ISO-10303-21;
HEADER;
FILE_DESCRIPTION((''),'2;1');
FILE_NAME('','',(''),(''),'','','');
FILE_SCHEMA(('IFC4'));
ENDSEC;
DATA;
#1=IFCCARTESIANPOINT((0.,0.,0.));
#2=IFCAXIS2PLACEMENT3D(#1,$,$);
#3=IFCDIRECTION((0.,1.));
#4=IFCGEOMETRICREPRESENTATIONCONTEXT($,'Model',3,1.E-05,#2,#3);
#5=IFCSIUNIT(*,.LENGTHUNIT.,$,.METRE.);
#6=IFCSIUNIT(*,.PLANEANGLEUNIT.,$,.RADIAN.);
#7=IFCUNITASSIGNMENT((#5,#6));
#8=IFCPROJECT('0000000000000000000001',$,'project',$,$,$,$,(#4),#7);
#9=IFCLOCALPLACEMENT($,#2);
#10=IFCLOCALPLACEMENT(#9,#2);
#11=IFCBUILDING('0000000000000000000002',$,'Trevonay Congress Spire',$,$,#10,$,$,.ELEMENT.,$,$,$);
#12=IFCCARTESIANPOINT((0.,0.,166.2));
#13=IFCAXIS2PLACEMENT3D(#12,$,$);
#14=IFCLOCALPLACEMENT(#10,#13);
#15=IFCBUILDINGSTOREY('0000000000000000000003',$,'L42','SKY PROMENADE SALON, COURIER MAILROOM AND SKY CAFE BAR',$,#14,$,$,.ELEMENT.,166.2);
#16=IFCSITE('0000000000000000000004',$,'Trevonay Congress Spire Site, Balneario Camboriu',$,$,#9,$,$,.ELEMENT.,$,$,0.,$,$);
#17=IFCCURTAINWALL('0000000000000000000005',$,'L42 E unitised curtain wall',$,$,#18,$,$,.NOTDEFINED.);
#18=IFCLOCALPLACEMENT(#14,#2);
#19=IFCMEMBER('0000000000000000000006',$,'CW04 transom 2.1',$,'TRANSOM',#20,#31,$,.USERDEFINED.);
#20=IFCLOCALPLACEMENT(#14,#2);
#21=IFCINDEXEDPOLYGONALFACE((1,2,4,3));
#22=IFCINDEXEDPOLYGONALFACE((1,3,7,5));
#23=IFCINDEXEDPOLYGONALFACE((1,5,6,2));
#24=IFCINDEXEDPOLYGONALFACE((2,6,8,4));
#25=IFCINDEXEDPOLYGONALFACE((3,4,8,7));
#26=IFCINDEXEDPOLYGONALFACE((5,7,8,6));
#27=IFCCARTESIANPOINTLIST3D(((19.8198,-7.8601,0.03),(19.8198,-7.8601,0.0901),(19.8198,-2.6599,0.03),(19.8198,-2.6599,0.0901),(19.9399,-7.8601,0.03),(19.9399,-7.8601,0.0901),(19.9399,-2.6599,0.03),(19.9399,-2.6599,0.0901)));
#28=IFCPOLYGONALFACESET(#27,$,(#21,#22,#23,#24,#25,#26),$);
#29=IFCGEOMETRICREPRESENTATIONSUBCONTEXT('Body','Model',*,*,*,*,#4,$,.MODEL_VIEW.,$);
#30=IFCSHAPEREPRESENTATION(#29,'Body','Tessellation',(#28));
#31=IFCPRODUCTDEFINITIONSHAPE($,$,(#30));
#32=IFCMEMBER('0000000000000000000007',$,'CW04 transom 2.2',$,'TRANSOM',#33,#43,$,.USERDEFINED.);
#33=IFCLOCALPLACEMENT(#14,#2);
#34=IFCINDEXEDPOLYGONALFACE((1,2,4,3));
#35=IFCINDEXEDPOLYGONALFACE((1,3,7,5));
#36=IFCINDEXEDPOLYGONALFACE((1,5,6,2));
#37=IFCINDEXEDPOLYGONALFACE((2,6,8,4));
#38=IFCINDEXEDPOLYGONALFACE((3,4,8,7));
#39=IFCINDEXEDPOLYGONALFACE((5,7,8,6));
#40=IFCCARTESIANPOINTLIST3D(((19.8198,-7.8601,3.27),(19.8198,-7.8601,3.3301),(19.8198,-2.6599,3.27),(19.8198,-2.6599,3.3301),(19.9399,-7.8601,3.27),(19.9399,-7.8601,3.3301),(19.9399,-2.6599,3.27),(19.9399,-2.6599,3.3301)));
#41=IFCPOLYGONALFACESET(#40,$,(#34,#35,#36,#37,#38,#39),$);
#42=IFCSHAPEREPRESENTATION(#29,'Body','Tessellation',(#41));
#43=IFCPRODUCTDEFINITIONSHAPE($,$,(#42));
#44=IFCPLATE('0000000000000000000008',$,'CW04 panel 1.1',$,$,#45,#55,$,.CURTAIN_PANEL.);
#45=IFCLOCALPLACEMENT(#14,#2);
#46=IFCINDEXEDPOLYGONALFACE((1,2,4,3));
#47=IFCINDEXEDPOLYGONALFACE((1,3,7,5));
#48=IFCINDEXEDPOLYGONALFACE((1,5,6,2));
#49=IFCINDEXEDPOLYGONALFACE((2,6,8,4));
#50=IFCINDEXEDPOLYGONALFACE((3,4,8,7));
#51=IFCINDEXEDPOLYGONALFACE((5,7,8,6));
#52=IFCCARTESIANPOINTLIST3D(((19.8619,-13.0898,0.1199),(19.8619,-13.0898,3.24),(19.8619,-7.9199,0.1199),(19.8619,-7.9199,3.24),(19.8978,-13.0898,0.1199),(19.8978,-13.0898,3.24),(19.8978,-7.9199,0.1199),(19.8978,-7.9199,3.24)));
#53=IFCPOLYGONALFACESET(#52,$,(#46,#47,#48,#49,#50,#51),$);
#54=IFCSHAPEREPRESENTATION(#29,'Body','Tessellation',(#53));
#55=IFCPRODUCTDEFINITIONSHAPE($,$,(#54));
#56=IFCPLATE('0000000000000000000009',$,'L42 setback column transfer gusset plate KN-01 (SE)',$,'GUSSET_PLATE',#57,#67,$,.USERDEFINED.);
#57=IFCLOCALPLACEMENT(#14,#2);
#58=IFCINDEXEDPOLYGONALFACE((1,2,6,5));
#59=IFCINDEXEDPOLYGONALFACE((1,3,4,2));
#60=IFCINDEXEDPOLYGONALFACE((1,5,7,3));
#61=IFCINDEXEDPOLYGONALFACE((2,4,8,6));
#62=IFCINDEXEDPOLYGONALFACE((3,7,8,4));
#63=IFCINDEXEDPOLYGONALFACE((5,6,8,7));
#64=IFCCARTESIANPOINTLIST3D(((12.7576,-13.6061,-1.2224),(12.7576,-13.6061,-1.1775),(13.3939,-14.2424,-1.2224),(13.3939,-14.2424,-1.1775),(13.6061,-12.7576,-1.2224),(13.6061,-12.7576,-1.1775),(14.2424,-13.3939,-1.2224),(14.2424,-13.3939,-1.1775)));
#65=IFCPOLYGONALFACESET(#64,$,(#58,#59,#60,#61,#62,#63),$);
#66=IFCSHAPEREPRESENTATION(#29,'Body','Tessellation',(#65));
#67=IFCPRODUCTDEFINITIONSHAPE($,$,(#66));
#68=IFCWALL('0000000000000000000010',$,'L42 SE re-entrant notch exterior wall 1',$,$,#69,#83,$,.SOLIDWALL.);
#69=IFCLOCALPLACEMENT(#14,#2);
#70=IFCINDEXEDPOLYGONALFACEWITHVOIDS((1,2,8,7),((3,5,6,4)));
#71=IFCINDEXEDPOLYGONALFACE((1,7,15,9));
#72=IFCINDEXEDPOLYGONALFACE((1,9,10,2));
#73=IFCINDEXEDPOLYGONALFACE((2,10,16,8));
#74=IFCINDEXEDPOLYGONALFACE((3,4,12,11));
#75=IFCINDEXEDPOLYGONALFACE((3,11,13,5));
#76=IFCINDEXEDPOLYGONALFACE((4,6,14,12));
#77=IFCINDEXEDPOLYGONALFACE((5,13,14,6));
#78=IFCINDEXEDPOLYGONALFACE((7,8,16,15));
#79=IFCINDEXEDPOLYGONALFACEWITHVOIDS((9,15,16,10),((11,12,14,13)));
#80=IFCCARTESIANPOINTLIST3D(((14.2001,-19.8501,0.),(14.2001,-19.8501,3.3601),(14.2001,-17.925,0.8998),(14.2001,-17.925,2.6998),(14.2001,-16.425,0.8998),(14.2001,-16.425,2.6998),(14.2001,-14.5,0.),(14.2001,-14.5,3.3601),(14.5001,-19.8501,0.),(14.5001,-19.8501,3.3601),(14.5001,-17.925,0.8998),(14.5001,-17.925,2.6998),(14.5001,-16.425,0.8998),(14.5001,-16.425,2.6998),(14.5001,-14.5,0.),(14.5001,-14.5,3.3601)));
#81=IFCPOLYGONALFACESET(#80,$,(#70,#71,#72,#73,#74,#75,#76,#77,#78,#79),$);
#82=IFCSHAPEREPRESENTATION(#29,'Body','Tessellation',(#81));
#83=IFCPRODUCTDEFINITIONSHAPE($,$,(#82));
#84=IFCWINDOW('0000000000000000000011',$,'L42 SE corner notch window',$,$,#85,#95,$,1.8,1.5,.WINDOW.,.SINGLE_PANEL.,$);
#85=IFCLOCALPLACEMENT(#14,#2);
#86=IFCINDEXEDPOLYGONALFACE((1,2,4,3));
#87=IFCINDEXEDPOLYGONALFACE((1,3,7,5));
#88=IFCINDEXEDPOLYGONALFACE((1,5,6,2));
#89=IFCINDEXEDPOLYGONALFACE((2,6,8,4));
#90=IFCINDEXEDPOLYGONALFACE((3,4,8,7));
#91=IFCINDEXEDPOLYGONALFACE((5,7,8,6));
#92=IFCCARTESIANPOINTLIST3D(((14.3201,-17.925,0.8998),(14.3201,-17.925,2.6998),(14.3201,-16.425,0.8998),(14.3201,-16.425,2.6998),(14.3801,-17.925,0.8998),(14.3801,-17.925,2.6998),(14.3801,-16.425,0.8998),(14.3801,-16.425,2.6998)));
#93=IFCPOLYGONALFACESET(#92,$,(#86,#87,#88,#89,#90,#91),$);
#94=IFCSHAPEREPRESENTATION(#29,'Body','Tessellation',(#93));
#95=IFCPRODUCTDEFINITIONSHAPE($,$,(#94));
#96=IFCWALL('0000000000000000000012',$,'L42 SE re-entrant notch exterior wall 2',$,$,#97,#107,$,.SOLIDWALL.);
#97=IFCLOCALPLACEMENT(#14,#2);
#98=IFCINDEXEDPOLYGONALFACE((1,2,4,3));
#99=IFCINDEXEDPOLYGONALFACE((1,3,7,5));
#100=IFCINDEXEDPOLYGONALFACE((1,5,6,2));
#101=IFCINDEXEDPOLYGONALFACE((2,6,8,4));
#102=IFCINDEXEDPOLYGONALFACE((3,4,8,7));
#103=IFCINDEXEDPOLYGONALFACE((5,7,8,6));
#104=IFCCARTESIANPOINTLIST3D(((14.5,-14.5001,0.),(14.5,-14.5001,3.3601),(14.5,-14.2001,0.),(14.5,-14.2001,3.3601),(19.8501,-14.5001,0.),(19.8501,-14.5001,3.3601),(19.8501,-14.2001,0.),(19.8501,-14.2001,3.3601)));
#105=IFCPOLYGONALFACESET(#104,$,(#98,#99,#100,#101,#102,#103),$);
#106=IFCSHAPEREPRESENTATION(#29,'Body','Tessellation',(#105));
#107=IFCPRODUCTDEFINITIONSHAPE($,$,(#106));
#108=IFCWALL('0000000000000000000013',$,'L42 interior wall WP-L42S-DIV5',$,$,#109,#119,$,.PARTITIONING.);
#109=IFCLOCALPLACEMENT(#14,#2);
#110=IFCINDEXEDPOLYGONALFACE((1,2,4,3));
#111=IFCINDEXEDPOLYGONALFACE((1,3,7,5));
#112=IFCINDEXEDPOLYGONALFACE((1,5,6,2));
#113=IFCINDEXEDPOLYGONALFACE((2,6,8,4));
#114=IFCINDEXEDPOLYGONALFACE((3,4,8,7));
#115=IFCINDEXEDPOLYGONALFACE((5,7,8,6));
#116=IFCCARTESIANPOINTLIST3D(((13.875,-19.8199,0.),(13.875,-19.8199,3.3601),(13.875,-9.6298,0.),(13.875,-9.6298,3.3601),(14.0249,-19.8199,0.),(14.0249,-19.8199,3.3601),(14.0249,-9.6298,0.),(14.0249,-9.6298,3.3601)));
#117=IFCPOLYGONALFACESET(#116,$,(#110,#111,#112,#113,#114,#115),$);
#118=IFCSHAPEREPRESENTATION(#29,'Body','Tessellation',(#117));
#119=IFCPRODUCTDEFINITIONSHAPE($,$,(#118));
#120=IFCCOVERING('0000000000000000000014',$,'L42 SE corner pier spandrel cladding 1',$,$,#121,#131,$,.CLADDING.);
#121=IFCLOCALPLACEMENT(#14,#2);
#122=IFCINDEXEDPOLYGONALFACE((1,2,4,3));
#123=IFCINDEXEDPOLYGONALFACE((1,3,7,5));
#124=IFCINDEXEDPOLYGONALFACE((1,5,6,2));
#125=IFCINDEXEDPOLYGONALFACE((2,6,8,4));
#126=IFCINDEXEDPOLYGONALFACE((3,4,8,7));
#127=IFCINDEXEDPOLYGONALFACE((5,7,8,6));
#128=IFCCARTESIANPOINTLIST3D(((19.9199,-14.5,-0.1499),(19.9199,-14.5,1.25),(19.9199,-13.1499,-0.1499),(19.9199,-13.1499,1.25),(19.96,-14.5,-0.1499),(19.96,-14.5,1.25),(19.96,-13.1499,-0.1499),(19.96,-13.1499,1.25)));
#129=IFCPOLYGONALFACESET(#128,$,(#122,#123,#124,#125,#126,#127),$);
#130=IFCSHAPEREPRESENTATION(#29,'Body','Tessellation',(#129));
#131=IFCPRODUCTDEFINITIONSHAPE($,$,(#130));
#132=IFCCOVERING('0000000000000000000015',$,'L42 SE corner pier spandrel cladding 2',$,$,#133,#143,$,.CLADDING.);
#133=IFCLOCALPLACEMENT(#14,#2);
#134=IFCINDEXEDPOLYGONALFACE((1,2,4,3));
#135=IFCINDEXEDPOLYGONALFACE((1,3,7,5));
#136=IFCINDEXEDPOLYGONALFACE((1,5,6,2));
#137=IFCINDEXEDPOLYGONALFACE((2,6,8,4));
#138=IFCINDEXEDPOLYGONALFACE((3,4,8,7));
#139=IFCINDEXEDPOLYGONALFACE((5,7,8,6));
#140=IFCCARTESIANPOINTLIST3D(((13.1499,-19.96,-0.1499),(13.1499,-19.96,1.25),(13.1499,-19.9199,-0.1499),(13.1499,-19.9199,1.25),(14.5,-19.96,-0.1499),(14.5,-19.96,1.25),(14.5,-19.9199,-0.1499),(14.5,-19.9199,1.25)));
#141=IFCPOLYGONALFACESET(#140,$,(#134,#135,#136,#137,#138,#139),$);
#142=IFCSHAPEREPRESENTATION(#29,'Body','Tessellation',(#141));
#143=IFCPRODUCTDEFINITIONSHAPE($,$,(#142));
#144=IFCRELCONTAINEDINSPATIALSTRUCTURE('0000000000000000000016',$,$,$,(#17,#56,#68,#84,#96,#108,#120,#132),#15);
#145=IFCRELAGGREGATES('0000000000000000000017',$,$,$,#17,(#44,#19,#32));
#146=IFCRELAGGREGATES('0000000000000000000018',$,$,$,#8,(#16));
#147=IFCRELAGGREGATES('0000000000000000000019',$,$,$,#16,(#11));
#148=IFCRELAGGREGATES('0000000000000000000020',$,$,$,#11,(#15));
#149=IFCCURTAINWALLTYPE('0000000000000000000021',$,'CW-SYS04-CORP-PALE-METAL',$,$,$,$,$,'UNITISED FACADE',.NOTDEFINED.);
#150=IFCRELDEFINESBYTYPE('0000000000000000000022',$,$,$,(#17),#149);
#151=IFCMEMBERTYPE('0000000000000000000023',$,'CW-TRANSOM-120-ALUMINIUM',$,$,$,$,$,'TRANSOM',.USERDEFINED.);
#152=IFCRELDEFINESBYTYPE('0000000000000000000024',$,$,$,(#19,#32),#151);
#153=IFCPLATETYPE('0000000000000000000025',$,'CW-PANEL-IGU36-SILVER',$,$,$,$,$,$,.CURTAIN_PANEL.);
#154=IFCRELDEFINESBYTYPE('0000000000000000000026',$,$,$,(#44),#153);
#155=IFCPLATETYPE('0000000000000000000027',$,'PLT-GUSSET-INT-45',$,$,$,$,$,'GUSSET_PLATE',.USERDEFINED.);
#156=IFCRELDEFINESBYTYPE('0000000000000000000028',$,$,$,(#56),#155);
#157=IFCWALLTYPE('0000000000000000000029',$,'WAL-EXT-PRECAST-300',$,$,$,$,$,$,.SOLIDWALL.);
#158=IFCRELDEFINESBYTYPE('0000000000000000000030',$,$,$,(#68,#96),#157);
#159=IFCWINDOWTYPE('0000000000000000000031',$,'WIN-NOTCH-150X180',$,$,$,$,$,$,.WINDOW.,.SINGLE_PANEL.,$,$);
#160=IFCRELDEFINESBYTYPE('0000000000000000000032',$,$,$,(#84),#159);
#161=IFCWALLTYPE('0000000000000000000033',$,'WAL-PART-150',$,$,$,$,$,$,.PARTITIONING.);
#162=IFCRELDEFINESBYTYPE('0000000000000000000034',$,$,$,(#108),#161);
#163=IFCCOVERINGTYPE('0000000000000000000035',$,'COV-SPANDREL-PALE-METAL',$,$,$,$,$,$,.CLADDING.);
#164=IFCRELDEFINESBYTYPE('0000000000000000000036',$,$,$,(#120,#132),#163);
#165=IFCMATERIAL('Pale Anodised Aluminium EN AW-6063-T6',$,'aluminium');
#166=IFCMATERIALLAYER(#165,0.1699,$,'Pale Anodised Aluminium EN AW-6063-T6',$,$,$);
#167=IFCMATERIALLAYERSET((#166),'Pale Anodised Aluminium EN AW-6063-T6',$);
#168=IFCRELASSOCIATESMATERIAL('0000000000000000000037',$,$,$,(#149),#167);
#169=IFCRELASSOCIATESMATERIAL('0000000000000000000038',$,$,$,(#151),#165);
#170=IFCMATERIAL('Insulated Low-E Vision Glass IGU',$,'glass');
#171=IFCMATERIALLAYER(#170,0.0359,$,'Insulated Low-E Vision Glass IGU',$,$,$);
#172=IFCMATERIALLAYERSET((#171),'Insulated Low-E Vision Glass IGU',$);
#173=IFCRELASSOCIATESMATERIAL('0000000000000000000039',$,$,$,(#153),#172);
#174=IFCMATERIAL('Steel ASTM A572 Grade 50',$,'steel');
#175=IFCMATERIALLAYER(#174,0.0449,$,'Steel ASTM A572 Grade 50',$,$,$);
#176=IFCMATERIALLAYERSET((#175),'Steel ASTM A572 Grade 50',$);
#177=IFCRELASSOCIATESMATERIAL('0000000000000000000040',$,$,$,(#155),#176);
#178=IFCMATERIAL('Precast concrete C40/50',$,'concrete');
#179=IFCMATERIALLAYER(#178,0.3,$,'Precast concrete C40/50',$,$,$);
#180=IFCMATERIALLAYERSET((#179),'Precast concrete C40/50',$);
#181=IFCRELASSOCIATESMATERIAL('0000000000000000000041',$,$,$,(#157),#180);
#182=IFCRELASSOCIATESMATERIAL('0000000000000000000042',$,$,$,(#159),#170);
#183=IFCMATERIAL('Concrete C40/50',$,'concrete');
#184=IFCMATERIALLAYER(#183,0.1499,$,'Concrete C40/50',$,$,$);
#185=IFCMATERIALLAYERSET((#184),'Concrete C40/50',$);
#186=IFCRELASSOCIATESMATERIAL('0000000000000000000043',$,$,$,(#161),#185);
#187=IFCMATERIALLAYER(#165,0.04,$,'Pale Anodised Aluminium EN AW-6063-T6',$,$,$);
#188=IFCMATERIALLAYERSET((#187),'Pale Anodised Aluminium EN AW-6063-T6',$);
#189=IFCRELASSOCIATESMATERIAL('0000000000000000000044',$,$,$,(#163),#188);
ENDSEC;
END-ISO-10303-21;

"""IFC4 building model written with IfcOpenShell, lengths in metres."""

from ifc_helpers import new_model, si_unit, direction, frame, frame_2d, origin, origin_2d, place, context, subcontext, project, spatial, rectangle, extrude, material, layer, layer_set, material_profile, profile_set, type_object, element, fill, aggregate, save


model = new_model("IFC4")

# Units and contexts
model_context = context("Model", 3, precision=1e-05, world=origin(), true_north=direction((0.0, 1.0)))
body_context = subcontext(model_context, "Body", "Model", "MODEL_VIEW")
ifc_project = project(units=[si_unit("LENGTHUNIT", "METRE"), si_unit("PLANEANGLEUNIT", "RADIAN")], contexts=[model_context])

# Site, building, storey
site_placement = place(None, origin())
site = spatial("IfcSite", under=ifc_project, at=site_placement, Name="Trevonay Congress Spire Site, Balneario Camboriu", CompositionType="ELEMENT", RefElevation=0.0)
building_placement = place(site_placement, origin())
building = spatial("IfcBuilding", under=site, at=building_placement, Name="Trevonay Congress Spire", CompositionType="ELEMENT")
storey_placement = place(building_placement, frame((0.0, 0.0, 166.2)))
storey = spatial("IfcBuildingStorey", under=building, at=storey_placement, Name="L42", Description="SKY PROMENADE SALON, COURIER MAILROOM AND SKY CAFE BAR", CompositionType="ELEMENT", Elevation=166.2)

# Shared definitions
ifc_material_1 = material(Name="Steel ASTM A572 Grade 50", Category="steel")

# Curtain wall, members, plate
ifc_material_2 = material(Name="Pale Anodised Aluminium EN AW-6063-T6", Category="aluminium")
ifc_layer_1 = layer(ifc_material_2, 0.1699, Name="Pale Anodised Aluminium EN AW-6063-T6")
ifc_layer_set_1 = layer_set([ifc_layer_1], Name="Pale Anodised Aluminium EN AW-6063-T6")
curtain_wall_type = type_object("IfcCurtainWallType", Name="CW-SYS04-CORP-PALE-METAL", ElementType="UNITISED FACADE", PredefinedType="NOTDEFINED", material=ifc_layer_set_1)
curtain_wall_placement = place(storey_placement, origin())
curtain_wall = element("IfcCurtainWall", 1, at=curtain_wall_placement, inside=storey, type_object=curtain_wall_type, Name="L42 E unitised curtain wall", PredefinedType="NOTDEFINED")
ifc_material_profile_1 = material_profile(ifc_material_2, rectangle(XDim=0.1201, YDim=0.0601, at=origin_2d()), Name="CW-TRANSOM-120-ALUMINIUM")
ifc_profile_set_1 = profile_set([ifc_material_profile_1], Name="Pale Anodised Aluminium EN AW-6063-T6")
member_type_1 = type_object("IfcMemberType", Name="CW-TRANSOM-120-ALUMINIUM", ElementType="TRANSOM", PredefinedType="USERDEFINED", material=ifc_profile_set_1)
member_1_placement = place(storey_placement, frame((19.8799, -7.8601, 0.0601), z_axis=(0.0, 1.0, 0.0), x_axis=(-1.0, 0.0, 0.0)))
member_1 = element("IfcMember", 2, at=member_1_placement, type_object=member_type_1, Name="CW04 transom 2.1", ObjectType="TRANSOM", PredefinedType="USERDEFINED", context=body_context, shape_type="SweptSolid", body=[
    extrude(rectangle(XDim=0.1201, YDim=0.0601, at=origin_2d()), origin(), (0.0, 0.0, 1.0), 5.2002),
])
member_2_placement = place(storey_placement, frame((19.8799, -7.8601, 3.3), z_axis=(0.0, 1.0, 0.0), x_axis=(-1.0, 0.0, 0.0)))
member_2 = element("IfcMember", 3, at=member_2_placement, type_object=member_type_1, Name="CW04 transom 2.2", ObjectType="TRANSOM", PredefinedType="USERDEFINED", context=body_context, shape_type="SweptSolid", body=[
    extrude(rectangle(XDim=0.1201, YDim=0.0601, at=origin_2d()), origin(), (0.0, 0.0, 1.0), 5.2002),
])
ifc_material_3 = material(Name="Insulated Low-E Vision Glass IGU", Category="glass")
ifc_layer_2 = layer(ifc_material_3, 0.0359, Name="Insulated Low-E Vision Glass IGU")
ifc_layer_set_2 = layer_set([ifc_layer_2], Name="Insulated Low-E Vision Glass IGU")
plate_type_1 = type_object("IfcPlateType", Name="CW-PANEL-IGU36-SILVER", PredefinedType="CURTAIN_PANEL", material=ifc_layer_set_2)
plate_1_placement = place(storey_placement, frame((19.8799, -10.5049, 0.1199), z_axis=(0.0, 0.0, 1.0), x_axis=(0.0, 1.0, 0.0)))
plate_1 = element("IfcPlate", 4, at=plate_1_placement, type_object=plate_type_1, Name="CW04 panel 1.1", PredefinedType="CURTAIN_PANEL", context=body_context, shape_type="SweptSolid", body=[
    extrude(rectangle(XDim=5.1699, YDim=0.0359, at=origin_2d()), origin(), (0.0, 0.0, 1.0), 3.1201),
])
aggregate(curtain_wall, [plate_1, member_1, member_2])

# Plate
ifc_layer_3 = layer(ifc_material_1, 0.0449, Name="Steel ASTM A572 Grade 50")
ifc_layer_set_3 = layer_set([ifc_layer_3], Name="Steel ASTM A572 Grade 50")
plate_type_2 = type_object("IfcPlateType", Name="PLT-GUSSET-INT-45", ElementType="GUSSET_PLATE", PredefinedType="USERDEFINED", material=ifc_layer_set_3)
plate_2_placement = place(storey_placement, frame((13.5, -13.5, -1.2224), z_axis=(0.0, 0.0, 1.0), x_axis=(0.707107, 0.707107, 0.0)))
element("IfcPlate", 5, at=plate_2_placement, inside=storey, type_object=plate_type_2, Name="L42 setback column transfer gusset plate KN-01 (SE)", ObjectType="GUSSET_PLATE", PredefinedType="USERDEFINED", context=body_context, shape_type="SweptSolid", body=[
    extrude(rectangle(XDim=1.2, YDim=0.8999, at=origin_2d()), origin(), (0.0, 0.0, 1.0), 0.0449),
])

# Wall, opening, window
ifc_material_4 = material(Name="Precast concrete C40/50", Category="concrete")
ifc_layer_4 = layer(ifc_material_4, 0.3, Name="Precast concrete C40/50")
ifc_layer_set_4 = layer_set([ifc_layer_4], Name="Precast concrete C40/50")
wall_type_1 = type_object("IfcWallType", Name="WAL-EXT-PRECAST-300", PredefinedType="SOLIDWALL", material=ifc_layer_set_4)
wall_1_placement = place(storey_placement, frame((14.3501, -19.8501, 0.0), z_axis=(0.0, 0.0, 1.0), x_axis=(0.0, 1.0, 0.0)))
wall_1 = element("IfcWall", 6, at=wall_1_placement, inside=storey, type_object=wall_type_1, Name="L42 SE re-entrant notch exterior wall 1", PredefinedType="SOLIDWALL", context=body_context, shape_type="SweptSolid", body=[
    extrude(rectangle(XDim=5.3501, YDim=0.3, at=frame_2d((2.675, 0.0))), origin(), (0.0, 0.0, 1.0), 3.3601),
])
opening_placement = place(wall_1_placement, frame((1.925, 0.0, 0.8999)))
opening = element("IfcOpeningElement", 7, at=opening_placement, cuts=wall_1, PredefinedType="OPENING", context=body_context, shape_type="SweptSolid", body=[
    extrude(rectangle(XDim=1.5, YDim=1.8, at=frame_2d((0.75, 0.8999))), frame((0.0, 0.1602, 0.0), z_axis=(0.0, -1.0, 0.0), x_axis=(1.0, 0.0, 0.0)), (0.0, 0.0, 1.0), 0.3201),
])
window_type = type_object("IfcWindowType", Name="WIN-NOTCH-150X180", PartitioningType="SINGLE_PANEL", PredefinedType="WINDOW", material=ifc_material_3)
window_placement = place(opening_placement, origin())
window = element("IfcWindow", 8, at=window_placement, inside=storey, type_object=window_type, Name="L42 SE corner notch window", OverallHeight=1.8, OverallWidth=1.5, PartitioningType="SINGLE_PANEL", PredefinedType="WINDOW", context=body_context, shape_type="SweptSolid", body=[
    extrude(rectangle(XDim=1.5, YDim=1.8, at=frame_2d((0.75, 0.8999))), frame((0.0, 0.03, 0.0), z_axis=(0.0, -1.0, 0.0), x_axis=(1.0, 0.0, 0.0)), (0.0, 0.0, 1.0), 0.0601),
])
fill(opening, window)

# Walls
wall_2_placement = place(storey_placement, frame((19.8501, -14.3501, 0.0), z_axis=(0.0, 0.0, 1.0), x_axis=(-1.0, 0.0, 0.0)))
element("IfcWall", 9, at=wall_2_placement, inside=storey, type_object=wall_type_1, Name="L42 SE re-entrant notch exterior wall 2", PredefinedType="SOLIDWALL", context=body_context, shape_type="SweptSolid", body=[
    extrude(rectangle(XDim=5.3501, YDim=0.3, at=frame_2d((2.675, 0.0))), origin(), (0.0, 0.0, 1.0), 3.3601),
])
ifc_material_5 = material(Name="Concrete C40/50", Category="concrete")
ifc_layer_5 = layer(ifc_material_5, 0.1499, Name="Concrete C40/50")
ifc_layer_set_5 = layer_set([ifc_layer_5], Name="Concrete C40/50")
wall_type_2 = type_object("IfcWallType", Name="WAL-PART-150", PredefinedType="PARTITIONING", material=ifc_layer_set_5)
wall_3_placement = place(storey_placement, frame((13.95, -19.8201, 0.0), z_axis=(0.0, 0.0, 1.0), x_axis=(0.0, 1.0, 0.0)))
element("IfcWall", 10, at=wall_3_placement, inside=storey, type_object=wall_type_2, Name="L42 interior wall WP-L42S-DIV5", PredefinedType="PARTITIONING", context=body_context, shape_type="SweptSolid", body=[
    extrude(rectangle(XDim=10.1902, YDim=0.1499, at=frame_2d((5.0952, 0.0))), origin(), (0.0, 0.0, 1.0), 3.3601),
])

# Coverings
ifc_layer_6 = layer(ifc_material_2, 0.04, Name="Pale Anodised Aluminium EN AW-6063-T6")
ifc_layer_set_6 = layer_set([ifc_layer_6], Name="Pale Anodised Aluminium EN AW-6063-T6")
covering_type = type_object("IfcCoveringType", Name="COV-SPANDREL-PALE-METAL", PredefinedType="CLADDING", material=ifc_layer_set_6)
for number, where, z_axis, x_axis, name in (
    (11, (19.9399, -13.1499, -0.1499), (0.0, 0.0, 1.0), (0.0, -1.0, 0.0), "L42 SE corner pier spandrel cladding 1"),
    (12, (13.1499, -19.9399, -0.1499), (0.0, 0.0, 1.0), (1.0, 0.0, 0.0), "L42 SE corner pier spandrel cladding 2"),
):
    element("IfcCovering", number, at=place(storey_placement, frame(where, z_axis=z_axis, x_axis=x_axis)), inside=storey, type_object=covering_type, Name=name, PredefinedType="CLADDING", context=body_context, shape_type="SweptSolid", body=[
        extrude(rectangle(XDim=1.3501, YDim=0.04, at=frame_2d((0.675, 0.0))), origin(), (0.0, 0.0, 1.0), 1.3999),
    ])

save(model, "model.ifc")
